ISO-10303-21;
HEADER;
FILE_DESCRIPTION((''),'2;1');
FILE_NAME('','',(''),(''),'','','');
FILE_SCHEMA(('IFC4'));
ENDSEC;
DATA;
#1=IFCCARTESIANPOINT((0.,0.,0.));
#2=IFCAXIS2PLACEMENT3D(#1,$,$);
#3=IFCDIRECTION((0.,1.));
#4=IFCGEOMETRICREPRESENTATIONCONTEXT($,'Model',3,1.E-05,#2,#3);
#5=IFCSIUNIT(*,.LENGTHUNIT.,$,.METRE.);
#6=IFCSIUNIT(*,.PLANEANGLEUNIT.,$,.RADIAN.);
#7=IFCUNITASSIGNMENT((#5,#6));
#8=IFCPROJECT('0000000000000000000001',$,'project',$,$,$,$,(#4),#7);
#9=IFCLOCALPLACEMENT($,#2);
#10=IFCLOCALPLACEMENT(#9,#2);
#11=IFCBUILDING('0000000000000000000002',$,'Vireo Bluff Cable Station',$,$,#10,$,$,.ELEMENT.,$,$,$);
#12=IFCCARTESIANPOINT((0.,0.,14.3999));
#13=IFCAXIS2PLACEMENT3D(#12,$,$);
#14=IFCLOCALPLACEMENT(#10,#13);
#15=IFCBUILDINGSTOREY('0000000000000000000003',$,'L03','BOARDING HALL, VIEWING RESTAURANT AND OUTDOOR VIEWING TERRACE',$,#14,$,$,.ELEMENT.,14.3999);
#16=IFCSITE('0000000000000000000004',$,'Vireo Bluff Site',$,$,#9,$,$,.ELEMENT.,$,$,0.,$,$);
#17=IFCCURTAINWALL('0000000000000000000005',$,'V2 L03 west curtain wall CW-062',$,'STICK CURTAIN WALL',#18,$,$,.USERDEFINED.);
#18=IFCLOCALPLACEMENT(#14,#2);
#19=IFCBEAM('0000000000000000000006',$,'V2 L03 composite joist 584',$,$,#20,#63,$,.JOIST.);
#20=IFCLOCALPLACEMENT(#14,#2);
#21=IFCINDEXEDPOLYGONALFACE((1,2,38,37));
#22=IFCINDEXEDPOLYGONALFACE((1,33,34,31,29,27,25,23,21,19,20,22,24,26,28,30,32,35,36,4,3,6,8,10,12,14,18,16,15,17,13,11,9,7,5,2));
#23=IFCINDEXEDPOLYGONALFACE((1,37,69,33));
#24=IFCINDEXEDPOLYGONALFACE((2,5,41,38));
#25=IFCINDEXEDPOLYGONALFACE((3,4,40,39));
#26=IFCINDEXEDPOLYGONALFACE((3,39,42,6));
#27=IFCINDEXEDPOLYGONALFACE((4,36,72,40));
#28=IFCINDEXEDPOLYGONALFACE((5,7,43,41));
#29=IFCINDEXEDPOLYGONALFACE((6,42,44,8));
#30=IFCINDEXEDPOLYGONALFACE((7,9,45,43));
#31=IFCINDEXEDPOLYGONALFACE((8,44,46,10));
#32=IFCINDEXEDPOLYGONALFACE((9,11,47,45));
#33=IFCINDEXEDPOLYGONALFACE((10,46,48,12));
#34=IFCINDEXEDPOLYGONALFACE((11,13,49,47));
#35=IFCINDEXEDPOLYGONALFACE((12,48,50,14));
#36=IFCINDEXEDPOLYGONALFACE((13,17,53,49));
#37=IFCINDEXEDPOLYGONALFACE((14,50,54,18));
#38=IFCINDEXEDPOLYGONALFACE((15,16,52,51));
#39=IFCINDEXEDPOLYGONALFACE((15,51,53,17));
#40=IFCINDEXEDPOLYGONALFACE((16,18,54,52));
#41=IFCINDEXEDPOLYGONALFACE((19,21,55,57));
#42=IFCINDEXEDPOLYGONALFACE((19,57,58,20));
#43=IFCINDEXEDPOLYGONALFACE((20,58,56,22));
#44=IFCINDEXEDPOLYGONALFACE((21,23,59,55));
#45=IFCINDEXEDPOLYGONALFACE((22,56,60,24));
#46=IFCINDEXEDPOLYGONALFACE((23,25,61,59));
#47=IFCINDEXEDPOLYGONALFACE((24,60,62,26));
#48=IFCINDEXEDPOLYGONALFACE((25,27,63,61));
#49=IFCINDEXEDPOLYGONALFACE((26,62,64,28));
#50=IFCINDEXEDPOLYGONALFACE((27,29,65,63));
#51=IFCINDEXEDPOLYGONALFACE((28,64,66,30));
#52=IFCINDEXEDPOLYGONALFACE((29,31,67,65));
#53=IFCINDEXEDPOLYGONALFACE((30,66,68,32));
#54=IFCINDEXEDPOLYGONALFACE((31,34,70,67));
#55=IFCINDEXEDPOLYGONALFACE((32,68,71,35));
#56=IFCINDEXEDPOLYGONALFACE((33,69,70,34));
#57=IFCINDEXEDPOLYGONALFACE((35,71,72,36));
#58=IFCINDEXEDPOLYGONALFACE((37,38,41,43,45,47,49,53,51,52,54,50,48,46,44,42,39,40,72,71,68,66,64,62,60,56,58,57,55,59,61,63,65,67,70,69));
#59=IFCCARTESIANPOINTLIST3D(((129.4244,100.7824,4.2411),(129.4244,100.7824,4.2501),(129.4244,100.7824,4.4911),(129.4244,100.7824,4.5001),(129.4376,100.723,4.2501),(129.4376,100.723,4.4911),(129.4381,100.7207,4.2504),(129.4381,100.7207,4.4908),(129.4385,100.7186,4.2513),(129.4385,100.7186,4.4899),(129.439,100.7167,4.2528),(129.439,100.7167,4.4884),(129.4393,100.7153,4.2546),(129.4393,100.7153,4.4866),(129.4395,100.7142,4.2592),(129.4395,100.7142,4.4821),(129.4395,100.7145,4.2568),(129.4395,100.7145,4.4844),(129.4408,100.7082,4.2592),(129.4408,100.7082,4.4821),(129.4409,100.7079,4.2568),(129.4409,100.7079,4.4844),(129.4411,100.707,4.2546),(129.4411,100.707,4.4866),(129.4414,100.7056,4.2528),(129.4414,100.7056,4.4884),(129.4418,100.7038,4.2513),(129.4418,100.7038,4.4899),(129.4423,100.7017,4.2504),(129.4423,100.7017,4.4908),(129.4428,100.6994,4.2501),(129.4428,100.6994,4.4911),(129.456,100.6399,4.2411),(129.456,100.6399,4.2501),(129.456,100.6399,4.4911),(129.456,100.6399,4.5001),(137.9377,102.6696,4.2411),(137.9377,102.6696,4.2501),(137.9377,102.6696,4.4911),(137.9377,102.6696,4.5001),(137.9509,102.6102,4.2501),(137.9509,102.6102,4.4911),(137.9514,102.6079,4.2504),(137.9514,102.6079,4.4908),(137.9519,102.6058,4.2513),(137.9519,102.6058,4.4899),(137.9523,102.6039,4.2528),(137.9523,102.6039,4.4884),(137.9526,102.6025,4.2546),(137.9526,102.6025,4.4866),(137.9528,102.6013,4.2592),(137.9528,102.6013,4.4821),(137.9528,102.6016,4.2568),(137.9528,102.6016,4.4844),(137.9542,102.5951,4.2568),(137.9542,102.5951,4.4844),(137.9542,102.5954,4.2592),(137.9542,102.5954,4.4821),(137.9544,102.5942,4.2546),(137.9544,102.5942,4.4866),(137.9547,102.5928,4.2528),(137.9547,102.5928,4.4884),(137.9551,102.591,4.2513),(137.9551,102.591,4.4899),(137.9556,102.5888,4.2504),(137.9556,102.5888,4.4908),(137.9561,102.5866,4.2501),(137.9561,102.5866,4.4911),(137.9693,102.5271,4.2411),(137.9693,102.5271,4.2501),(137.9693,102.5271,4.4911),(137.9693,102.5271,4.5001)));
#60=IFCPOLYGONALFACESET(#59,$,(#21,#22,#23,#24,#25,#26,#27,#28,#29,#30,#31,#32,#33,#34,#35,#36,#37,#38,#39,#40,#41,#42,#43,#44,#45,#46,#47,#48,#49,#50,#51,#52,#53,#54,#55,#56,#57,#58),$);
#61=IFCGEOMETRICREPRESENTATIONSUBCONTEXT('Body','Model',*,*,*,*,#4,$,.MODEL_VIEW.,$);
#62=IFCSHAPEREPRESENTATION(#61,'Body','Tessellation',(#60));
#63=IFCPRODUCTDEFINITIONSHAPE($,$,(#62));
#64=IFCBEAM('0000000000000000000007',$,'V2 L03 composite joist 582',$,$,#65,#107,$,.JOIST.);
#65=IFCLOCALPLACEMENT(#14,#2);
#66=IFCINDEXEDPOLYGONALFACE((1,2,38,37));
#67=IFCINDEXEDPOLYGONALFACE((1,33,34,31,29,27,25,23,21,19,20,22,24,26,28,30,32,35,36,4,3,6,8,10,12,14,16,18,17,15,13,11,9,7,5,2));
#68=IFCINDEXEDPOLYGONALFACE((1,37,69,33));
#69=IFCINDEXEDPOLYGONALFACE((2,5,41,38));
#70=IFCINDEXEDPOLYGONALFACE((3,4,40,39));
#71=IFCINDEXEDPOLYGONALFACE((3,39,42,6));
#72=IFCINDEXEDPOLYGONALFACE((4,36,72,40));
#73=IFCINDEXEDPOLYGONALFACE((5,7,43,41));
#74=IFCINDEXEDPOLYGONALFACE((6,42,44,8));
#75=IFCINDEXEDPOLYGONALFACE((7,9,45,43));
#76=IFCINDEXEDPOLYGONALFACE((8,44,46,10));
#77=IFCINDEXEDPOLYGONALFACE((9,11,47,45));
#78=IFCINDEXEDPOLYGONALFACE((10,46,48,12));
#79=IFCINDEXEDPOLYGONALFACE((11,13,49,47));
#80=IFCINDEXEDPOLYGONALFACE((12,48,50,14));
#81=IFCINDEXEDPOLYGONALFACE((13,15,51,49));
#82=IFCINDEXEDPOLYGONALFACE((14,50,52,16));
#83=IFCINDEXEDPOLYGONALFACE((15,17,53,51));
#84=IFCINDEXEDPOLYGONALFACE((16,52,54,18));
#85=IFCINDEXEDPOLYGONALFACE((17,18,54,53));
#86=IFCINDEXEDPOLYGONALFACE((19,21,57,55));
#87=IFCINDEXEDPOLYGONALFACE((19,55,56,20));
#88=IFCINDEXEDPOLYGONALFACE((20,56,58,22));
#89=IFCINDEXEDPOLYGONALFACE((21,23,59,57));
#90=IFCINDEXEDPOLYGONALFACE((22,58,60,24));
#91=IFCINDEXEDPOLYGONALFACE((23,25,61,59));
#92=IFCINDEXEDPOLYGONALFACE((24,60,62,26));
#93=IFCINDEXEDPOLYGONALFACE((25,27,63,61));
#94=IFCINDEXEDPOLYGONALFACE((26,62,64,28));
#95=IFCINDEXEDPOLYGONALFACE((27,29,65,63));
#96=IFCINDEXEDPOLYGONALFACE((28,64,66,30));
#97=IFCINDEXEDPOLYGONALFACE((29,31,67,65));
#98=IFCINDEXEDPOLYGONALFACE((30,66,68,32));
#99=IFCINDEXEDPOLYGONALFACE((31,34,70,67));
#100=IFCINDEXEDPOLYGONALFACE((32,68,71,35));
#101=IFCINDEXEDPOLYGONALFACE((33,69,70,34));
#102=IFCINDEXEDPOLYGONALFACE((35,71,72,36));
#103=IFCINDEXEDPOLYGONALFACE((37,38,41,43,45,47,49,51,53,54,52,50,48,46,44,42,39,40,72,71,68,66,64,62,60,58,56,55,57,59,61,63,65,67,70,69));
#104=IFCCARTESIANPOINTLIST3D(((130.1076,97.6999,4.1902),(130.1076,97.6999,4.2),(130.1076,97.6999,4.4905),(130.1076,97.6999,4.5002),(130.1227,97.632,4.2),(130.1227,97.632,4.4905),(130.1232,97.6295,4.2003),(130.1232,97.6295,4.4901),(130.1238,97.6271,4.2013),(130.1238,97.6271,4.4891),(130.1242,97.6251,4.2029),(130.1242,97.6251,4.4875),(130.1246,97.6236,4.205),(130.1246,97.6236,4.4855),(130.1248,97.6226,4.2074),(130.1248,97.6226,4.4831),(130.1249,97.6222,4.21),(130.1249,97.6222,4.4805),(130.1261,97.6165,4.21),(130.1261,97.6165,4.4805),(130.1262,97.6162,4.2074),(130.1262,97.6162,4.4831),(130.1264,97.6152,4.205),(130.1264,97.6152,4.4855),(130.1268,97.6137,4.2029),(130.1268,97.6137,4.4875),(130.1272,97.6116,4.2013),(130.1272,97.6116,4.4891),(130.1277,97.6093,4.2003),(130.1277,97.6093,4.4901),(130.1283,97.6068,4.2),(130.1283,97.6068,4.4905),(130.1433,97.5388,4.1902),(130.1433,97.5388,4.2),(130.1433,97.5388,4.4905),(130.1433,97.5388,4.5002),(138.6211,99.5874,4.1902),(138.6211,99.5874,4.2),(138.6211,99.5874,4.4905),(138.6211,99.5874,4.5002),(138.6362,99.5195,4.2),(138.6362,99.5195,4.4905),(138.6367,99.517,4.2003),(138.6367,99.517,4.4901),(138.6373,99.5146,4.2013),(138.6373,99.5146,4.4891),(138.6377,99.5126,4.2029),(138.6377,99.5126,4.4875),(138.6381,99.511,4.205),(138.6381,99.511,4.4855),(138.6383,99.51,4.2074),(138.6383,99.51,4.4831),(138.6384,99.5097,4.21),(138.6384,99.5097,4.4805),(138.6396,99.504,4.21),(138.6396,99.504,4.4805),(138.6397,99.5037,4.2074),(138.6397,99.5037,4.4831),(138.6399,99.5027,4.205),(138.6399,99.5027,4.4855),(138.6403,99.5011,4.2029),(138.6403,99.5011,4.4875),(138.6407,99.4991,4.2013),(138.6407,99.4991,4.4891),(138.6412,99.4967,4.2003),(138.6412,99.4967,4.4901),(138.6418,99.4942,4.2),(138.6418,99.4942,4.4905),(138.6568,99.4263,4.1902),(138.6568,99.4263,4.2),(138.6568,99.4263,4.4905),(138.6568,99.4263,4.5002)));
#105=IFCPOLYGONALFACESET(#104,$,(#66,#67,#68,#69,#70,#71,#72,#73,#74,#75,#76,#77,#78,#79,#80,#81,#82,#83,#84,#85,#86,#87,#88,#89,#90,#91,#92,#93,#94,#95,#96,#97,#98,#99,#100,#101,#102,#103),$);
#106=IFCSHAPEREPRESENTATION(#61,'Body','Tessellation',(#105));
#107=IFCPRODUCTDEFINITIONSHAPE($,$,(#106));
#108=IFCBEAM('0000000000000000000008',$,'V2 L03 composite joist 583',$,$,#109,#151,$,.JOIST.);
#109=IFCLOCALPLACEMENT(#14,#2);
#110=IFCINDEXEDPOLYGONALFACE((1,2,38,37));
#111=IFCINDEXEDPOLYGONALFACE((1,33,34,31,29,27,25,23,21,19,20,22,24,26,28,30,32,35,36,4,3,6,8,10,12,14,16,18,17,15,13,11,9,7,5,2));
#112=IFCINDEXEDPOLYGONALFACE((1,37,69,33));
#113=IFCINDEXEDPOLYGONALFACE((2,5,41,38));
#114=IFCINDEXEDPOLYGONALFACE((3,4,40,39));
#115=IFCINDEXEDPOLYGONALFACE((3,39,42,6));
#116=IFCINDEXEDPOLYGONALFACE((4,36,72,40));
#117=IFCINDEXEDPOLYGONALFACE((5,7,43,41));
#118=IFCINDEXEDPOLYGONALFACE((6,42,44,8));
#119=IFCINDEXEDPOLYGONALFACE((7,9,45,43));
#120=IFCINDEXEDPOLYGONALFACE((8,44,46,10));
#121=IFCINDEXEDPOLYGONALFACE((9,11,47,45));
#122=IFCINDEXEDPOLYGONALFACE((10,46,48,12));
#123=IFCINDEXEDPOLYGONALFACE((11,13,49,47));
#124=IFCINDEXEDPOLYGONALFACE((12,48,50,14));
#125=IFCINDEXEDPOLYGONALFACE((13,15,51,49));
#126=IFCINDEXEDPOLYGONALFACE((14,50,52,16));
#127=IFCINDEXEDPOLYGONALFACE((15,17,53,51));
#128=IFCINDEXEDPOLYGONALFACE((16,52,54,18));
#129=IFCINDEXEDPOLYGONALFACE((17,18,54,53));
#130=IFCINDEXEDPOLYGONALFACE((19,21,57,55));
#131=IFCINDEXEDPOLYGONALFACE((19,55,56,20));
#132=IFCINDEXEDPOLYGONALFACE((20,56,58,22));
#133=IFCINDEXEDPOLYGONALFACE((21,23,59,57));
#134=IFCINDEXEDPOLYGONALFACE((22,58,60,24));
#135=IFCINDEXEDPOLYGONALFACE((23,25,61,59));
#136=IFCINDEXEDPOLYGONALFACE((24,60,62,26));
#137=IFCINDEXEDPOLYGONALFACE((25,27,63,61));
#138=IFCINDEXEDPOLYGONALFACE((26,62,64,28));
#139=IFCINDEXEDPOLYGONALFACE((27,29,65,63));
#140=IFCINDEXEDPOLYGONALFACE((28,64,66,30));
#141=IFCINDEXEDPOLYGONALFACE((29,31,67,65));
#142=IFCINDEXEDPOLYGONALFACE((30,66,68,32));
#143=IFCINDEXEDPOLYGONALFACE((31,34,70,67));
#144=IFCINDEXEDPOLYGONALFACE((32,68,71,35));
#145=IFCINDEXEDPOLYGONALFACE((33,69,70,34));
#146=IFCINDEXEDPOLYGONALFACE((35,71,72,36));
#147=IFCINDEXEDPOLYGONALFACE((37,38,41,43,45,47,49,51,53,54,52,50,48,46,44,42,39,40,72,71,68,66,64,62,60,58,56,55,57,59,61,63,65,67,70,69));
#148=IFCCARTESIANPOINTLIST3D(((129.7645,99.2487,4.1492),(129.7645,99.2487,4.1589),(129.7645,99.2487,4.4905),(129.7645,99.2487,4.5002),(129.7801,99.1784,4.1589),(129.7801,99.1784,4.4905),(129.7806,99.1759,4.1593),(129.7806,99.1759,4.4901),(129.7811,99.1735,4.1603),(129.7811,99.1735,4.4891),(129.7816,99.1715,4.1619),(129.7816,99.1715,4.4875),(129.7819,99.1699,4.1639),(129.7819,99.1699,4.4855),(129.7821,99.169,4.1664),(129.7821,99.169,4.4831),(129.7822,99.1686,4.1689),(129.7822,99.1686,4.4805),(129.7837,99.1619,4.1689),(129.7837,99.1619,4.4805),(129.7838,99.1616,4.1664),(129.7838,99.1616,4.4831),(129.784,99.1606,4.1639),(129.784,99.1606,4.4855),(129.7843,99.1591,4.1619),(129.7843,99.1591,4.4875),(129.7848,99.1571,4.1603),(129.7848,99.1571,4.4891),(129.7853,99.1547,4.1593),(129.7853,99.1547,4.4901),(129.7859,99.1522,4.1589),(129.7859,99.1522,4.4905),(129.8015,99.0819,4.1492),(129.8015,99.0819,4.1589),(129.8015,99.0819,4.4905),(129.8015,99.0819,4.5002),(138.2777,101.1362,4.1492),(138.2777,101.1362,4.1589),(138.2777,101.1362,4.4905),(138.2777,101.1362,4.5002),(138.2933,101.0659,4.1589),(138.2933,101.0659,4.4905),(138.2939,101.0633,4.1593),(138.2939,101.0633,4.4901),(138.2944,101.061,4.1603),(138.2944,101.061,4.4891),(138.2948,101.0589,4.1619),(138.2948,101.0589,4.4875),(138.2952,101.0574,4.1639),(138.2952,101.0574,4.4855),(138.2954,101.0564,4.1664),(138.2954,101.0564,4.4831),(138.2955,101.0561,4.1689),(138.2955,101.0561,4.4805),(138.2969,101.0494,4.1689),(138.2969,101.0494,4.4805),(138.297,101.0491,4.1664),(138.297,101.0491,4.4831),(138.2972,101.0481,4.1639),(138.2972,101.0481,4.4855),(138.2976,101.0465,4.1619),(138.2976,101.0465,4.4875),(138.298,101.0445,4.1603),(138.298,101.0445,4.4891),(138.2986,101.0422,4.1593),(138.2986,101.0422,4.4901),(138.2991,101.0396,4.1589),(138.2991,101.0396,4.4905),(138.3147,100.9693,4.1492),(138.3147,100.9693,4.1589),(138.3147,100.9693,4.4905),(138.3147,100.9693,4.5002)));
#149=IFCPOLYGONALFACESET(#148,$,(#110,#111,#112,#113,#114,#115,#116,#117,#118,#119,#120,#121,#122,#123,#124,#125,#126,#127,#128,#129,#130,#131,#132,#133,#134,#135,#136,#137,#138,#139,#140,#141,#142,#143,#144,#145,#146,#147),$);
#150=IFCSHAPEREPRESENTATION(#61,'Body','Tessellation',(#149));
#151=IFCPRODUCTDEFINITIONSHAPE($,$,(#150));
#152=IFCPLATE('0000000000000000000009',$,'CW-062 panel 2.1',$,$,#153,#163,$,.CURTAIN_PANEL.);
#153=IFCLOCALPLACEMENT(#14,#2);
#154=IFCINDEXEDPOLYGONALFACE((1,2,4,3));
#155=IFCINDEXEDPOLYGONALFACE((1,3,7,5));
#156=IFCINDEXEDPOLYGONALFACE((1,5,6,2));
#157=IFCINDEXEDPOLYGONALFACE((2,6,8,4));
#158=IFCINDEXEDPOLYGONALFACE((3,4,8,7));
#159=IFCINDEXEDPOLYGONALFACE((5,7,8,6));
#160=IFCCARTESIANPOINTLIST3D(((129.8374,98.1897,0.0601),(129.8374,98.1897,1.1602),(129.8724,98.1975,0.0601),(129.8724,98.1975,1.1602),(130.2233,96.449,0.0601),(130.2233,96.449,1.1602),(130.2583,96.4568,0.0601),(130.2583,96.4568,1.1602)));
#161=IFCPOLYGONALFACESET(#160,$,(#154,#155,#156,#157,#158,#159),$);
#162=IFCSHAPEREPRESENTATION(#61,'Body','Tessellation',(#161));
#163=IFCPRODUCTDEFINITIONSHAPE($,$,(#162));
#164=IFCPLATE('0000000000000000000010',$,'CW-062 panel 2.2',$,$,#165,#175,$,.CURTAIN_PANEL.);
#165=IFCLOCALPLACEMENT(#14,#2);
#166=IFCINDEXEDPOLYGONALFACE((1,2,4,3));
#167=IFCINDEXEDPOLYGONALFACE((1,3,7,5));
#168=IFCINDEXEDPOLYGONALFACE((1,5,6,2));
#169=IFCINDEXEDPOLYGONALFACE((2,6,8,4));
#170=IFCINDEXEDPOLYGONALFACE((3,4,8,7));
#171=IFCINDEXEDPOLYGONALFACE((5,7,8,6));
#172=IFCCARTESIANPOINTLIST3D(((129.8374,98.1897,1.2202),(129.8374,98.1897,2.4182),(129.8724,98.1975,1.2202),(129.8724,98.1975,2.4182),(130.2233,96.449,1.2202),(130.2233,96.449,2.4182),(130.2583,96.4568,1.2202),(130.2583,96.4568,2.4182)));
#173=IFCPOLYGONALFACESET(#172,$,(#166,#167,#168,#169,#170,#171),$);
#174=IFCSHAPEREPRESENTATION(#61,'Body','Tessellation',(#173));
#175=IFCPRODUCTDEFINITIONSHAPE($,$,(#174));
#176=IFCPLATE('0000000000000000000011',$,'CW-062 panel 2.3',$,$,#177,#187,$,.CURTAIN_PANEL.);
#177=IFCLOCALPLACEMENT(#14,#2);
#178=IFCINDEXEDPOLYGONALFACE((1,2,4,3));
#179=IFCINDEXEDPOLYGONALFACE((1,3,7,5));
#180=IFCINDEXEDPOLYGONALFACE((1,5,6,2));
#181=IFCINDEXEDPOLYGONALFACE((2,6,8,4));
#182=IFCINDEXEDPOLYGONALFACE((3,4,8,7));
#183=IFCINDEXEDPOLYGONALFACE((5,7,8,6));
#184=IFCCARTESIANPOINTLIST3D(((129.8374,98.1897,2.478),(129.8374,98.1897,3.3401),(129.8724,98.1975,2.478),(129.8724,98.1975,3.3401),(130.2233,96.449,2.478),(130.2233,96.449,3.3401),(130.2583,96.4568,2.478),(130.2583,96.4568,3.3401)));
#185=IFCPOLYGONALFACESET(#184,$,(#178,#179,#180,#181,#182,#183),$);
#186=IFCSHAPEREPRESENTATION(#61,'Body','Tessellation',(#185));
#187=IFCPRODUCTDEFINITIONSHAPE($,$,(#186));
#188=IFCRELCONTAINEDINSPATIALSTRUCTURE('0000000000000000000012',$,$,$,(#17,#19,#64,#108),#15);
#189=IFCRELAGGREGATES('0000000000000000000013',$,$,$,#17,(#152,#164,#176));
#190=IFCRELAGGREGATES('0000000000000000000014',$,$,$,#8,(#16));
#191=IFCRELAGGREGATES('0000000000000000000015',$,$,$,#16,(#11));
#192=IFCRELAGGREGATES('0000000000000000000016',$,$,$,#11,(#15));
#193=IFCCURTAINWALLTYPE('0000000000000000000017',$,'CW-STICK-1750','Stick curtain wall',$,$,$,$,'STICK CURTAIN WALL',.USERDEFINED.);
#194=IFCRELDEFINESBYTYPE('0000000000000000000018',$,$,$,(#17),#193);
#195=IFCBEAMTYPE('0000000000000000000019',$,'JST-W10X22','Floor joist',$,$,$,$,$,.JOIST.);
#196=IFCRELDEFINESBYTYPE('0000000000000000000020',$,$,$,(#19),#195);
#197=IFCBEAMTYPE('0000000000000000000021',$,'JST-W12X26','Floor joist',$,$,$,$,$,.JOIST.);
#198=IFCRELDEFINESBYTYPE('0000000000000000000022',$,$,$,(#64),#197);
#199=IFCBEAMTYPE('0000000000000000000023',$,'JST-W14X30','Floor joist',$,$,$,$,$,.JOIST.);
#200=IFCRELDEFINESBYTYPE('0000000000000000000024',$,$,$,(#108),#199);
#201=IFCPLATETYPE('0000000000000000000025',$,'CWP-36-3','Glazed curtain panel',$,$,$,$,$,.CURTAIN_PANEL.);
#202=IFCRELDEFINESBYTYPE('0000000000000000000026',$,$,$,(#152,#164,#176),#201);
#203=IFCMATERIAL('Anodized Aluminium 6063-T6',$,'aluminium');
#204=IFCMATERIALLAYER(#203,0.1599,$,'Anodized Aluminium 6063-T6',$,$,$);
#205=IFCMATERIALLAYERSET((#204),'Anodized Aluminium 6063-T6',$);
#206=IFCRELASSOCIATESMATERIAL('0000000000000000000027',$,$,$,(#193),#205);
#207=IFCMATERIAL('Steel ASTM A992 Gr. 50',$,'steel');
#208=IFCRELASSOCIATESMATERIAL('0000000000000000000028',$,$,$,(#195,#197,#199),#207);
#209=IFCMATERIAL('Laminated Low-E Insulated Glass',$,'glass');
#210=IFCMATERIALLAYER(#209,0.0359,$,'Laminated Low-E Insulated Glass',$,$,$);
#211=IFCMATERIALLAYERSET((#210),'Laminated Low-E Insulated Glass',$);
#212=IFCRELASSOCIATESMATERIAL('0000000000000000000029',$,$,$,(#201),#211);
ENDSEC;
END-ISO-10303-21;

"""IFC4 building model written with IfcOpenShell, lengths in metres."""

from ifc_helpers import new_model, si_unit, direction, frame, origin, origin_2d, place, context, subcontext, project, spatial, rectangle, i_section, extrude, material, layer, layer_set, material_profile, profile_set, type_object, element, aggregate, save


model = new_model("IFC4")

# Units and contexts
model_context = context("Model", 3, precision=1e-05, world=origin(), true_north=direction((0.0, 1.0)))
body_context = subcontext(model_context, "Body", "Model", "MODEL_VIEW")
ifc_project = project(units=[si_unit("LENGTHUNIT", "METRE"), si_unit("PLANEANGLEUNIT", "RADIAN")], contexts=[model_context])

# Site, building, storey
site_placement = place(None, origin())
site = spatial("IfcSite", under=ifc_project, at=site_placement, Name="Vireo Bluff Site", CompositionType="ELEMENT", RefElevation=0.0)
building_placement = place(site_placement, origin())
building = spatial("IfcBuilding", under=site, at=building_placement, Name="Vireo Bluff Cable Station", CompositionType="ELEMENT")
storey_placement = place(building_placement, frame((0.0, 0.0, 14.3999)))
storey = spatial("IfcBuildingStorey", under=building, at=storey_placement, Name="L03", Description="BOARDING HALL, VIEWING RESTAURANT AND OUTDOOR VIEWING TERRACE", CompositionType="ELEMENT", Elevation=14.3999)

# Curtain wall
ifc_material_1 = material(Name="Anodized Aluminium 6063-T6", Category="aluminium")
ifc_layer_1 = layer(ifc_material_1, 0.1599, Name="Anodized Aluminium 6063-T6")
ifc_layer_set_1 = layer_set([ifc_layer_1], Name="Anodized Aluminium 6063-T6")
curtain_wall_type = type_object("IfcCurtainWallType", Name="CW-STICK-1750", Description="Stick curtain wall", ElementType="STICK CURTAIN WALL", PredefinedType="USERDEFINED", material=ifc_layer_set_1)
curtain_wall_placement = place(storey_placement, origin())
curtain_wall = element("IfcCurtainWall", 1, at=curtain_wall_placement, inside=storey, type_object=curtain_wall_type, Name="V2 L03 west curtain wall CW-062", ObjectType="STICK CURTAIN WALL", PredefinedType="USERDEFINED")

# Beams
ifc_material_2 = material(Name="Steel ASTM A992 Gr. 50", Category="steel")
ifc_material_profile_1 = material_profile(ifc_material_2, i_section(OverallWidth=0.146, OverallDepth=0.259, WebThickness=0.0061, FlangeThickness=0.009, FilletRadius=0.009, at=origin_2d()), Name="W10X22")
ifc_profile_set_1 = profile_set([ifc_material_profile_1], Name="Steel ASTM A992 Gr. 50")
beam_type_1 = type_object("IfcBeamType", Name="JST-W10X22", Description="Floor joist", PredefinedType="JOIST", material=ifc_profile_set_1)
beam_1_placement = place(storey_placement, frame((129.4402, 100.7112, 4.3706), z_axis=(0.9763, 0.216421, 0.0), x_axis=(-0.216421, 0.9763, 0.0)))
element("IfcBeam", 2, at=beam_1_placement, inside=storey, type_object=beam_type_1, Name="V2 L03 composite joist 584", PredefinedType="JOIST", context=body_context, shape_type="SweptSolid", body=[
    extrude(i_section(OverallWidth=0.146, OverallDepth=0.259, WebThickness=0.0061, FlangeThickness=0.009, FilletRadius=0.009, at=origin_2d()), origin(), (0.0, 0.0, 1.0), 8.72),
])
ifc_material_profile_2 = material_profile(ifc_material_2, i_section(OverallWidth=0.165, OverallDepth=0.3101, WebThickness=0.0059, FlangeThickness=0.0098, FilletRadius=0.01, at=origin_2d()), Name="W12X26")
ifc_profile_set_2 = profile_set([ifc_material_profile_2], Name="Steel ASTM A992 Gr. 50")
beam_type_2 = type_object("IfcBeamType", Name="JST-W12X26", Description="Floor joist", PredefinedType="JOIST", material=ifc_profile_set_2)
beam_2_placement = place(storey_placement, frame((130.1255, 97.6194, 4.3452), z_axis=(0.976294, 0.216447, 0.0), x_axis=(-0.216447, 0.976294, 0.0)))
element("IfcBeam", 3, at=beam_2_placement, inside=storey, type_object=beam_type_2, Name="V2 L03 composite joist 582", PredefinedType="JOIST", context=body_context, shape_type="SweptSolid", body=[
    extrude(i_section(OverallWidth=0.165, OverallDepth=0.3101, WebThickness=0.0059, FlangeThickness=0.0098, FilletRadius=0.01, at=origin_2d()), origin(), (0.0, 0.0, 1.0), 8.7202),
])
ifc_material_profile_3 = material_profile(ifc_material_2, i_section(OverallWidth=0.1709, OverallDepth=0.3511, WebThickness=0.0068, FlangeThickness=0.0098, FilletRadius=0.01, at=origin_2d()), Name="W14X30")
ifc_profile_set_3 = profile_set([ifc_material_profile_3], Name="Steel ASTM A992 Gr. 50")
beam_type_3 = type_object("IfcBeamType", Name="JST-W14X30", Description="Floor joist", PredefinedType="JOIST", material=ifc_profile_set_3)
beam_3_placement = place(storey_placement, frame((129.783, 99.1653, 4.3247), z_axis=(0.976293, 0.216453, 0.0), x_axis=(-0.216453, 0.976293, 0.0)))
element("IfcBeam", 4, at=beam_3_placement, inside=storey, type_object=beam_type_3, Name="V2 L03 composite joist 583", PredefinedType="JOIST", context=body_context, shape_type="SweptSolid", body=[
    extrude(i_section(OverallWidth=0.1709, OverallDepth=0.3511, WebThickness=0.0068, FlangeThickness=0.0098, FilletRadius=0.01, at=origin_2d()), origin(), (0.0, 0.0, 1.0), 8.72),
])

# Plates
ifc_material_3 = material(Name="Laminated Low-E Insulated Glass", Category="glass")
ifc_layer_2 = layer(ifc_material_3, 0.0359, Name="Laminated Low-E Insulated Glass")
ifc_layer_set_2 = layer_set([ifc_layer_2], Name="Laminated Low-E Insulated Glass")
plate_type = type_object("IfcPlateType", Name="CWP-36-3", Description="Glazed curtain panel", PredefinedType="CURTAIN_PANEL", material=ifc_layer_set_2)
plate_1_placement = place(storey_placement, frame((130.0479, 97.3232, 0.0601), z_axis=(0.0, 0.0, 1.0), x_axis=(-0.21644, 0.976296, 0.0)))
plate_1 = element("IfcPlate", 5, at=plate_1_placement, type_object=plate_type, Name="CW-062 panel 2.1", PredefinedType="CURTAIN_PANEL", context=body_context, shape_type="SweptSolid", body=[
    extrude(rectangle(XDim=1.783, YDim=0.0359, at=origin_2d()), origin(), (0.0, 0.0, 1.0), 1.1001),
])
plate_2_placement = place(storey_placement, frame((130.0479, 97.3232, 1.2202), z_axis=(0.0, 0.0, 1.0), x_axis=(-0.21644, 0.976296, 0.0)))
plate_2 = element("IfcPlate", 6, at=plate_2_placement, type_object=plate_type, Name="CW-062 panel 2.2", PredefinedType="CURTAIN_PANEL", context=body_context, shape_type="SweptSolid", body=[
    extrude(rectangle(XDim=1.783, YDim=0.0359, at=origin_2d()), origin(), (0.0, 0.0, 1.0), 1.198),
])
plate_3_placement = place(storey_placement, frame((130.0479, 97.3232, 2.478), z_axis=(0.0, 0.0, 1.0), x_axis=(-0.21644, 0.976296, 0.0)))
plate_3 = element("IfcPlate", 7, at=plate_3_placement, type_object=plate_type, Name="CW-062 panel 2.3", PredefinedType="CURTAIN_PANEL", context=body_context, shape_type="SweptSolid", body=[
    extrude(rectangle(XDim=1.783, YDim=0.0359, at=origin_2d()), origin(), (0.0, 0.0, 1.0), 0.8621),
])
aggregate(curtain_wall, [plate_1, plate_2, plate_3])

save(model, "model.ifc")
